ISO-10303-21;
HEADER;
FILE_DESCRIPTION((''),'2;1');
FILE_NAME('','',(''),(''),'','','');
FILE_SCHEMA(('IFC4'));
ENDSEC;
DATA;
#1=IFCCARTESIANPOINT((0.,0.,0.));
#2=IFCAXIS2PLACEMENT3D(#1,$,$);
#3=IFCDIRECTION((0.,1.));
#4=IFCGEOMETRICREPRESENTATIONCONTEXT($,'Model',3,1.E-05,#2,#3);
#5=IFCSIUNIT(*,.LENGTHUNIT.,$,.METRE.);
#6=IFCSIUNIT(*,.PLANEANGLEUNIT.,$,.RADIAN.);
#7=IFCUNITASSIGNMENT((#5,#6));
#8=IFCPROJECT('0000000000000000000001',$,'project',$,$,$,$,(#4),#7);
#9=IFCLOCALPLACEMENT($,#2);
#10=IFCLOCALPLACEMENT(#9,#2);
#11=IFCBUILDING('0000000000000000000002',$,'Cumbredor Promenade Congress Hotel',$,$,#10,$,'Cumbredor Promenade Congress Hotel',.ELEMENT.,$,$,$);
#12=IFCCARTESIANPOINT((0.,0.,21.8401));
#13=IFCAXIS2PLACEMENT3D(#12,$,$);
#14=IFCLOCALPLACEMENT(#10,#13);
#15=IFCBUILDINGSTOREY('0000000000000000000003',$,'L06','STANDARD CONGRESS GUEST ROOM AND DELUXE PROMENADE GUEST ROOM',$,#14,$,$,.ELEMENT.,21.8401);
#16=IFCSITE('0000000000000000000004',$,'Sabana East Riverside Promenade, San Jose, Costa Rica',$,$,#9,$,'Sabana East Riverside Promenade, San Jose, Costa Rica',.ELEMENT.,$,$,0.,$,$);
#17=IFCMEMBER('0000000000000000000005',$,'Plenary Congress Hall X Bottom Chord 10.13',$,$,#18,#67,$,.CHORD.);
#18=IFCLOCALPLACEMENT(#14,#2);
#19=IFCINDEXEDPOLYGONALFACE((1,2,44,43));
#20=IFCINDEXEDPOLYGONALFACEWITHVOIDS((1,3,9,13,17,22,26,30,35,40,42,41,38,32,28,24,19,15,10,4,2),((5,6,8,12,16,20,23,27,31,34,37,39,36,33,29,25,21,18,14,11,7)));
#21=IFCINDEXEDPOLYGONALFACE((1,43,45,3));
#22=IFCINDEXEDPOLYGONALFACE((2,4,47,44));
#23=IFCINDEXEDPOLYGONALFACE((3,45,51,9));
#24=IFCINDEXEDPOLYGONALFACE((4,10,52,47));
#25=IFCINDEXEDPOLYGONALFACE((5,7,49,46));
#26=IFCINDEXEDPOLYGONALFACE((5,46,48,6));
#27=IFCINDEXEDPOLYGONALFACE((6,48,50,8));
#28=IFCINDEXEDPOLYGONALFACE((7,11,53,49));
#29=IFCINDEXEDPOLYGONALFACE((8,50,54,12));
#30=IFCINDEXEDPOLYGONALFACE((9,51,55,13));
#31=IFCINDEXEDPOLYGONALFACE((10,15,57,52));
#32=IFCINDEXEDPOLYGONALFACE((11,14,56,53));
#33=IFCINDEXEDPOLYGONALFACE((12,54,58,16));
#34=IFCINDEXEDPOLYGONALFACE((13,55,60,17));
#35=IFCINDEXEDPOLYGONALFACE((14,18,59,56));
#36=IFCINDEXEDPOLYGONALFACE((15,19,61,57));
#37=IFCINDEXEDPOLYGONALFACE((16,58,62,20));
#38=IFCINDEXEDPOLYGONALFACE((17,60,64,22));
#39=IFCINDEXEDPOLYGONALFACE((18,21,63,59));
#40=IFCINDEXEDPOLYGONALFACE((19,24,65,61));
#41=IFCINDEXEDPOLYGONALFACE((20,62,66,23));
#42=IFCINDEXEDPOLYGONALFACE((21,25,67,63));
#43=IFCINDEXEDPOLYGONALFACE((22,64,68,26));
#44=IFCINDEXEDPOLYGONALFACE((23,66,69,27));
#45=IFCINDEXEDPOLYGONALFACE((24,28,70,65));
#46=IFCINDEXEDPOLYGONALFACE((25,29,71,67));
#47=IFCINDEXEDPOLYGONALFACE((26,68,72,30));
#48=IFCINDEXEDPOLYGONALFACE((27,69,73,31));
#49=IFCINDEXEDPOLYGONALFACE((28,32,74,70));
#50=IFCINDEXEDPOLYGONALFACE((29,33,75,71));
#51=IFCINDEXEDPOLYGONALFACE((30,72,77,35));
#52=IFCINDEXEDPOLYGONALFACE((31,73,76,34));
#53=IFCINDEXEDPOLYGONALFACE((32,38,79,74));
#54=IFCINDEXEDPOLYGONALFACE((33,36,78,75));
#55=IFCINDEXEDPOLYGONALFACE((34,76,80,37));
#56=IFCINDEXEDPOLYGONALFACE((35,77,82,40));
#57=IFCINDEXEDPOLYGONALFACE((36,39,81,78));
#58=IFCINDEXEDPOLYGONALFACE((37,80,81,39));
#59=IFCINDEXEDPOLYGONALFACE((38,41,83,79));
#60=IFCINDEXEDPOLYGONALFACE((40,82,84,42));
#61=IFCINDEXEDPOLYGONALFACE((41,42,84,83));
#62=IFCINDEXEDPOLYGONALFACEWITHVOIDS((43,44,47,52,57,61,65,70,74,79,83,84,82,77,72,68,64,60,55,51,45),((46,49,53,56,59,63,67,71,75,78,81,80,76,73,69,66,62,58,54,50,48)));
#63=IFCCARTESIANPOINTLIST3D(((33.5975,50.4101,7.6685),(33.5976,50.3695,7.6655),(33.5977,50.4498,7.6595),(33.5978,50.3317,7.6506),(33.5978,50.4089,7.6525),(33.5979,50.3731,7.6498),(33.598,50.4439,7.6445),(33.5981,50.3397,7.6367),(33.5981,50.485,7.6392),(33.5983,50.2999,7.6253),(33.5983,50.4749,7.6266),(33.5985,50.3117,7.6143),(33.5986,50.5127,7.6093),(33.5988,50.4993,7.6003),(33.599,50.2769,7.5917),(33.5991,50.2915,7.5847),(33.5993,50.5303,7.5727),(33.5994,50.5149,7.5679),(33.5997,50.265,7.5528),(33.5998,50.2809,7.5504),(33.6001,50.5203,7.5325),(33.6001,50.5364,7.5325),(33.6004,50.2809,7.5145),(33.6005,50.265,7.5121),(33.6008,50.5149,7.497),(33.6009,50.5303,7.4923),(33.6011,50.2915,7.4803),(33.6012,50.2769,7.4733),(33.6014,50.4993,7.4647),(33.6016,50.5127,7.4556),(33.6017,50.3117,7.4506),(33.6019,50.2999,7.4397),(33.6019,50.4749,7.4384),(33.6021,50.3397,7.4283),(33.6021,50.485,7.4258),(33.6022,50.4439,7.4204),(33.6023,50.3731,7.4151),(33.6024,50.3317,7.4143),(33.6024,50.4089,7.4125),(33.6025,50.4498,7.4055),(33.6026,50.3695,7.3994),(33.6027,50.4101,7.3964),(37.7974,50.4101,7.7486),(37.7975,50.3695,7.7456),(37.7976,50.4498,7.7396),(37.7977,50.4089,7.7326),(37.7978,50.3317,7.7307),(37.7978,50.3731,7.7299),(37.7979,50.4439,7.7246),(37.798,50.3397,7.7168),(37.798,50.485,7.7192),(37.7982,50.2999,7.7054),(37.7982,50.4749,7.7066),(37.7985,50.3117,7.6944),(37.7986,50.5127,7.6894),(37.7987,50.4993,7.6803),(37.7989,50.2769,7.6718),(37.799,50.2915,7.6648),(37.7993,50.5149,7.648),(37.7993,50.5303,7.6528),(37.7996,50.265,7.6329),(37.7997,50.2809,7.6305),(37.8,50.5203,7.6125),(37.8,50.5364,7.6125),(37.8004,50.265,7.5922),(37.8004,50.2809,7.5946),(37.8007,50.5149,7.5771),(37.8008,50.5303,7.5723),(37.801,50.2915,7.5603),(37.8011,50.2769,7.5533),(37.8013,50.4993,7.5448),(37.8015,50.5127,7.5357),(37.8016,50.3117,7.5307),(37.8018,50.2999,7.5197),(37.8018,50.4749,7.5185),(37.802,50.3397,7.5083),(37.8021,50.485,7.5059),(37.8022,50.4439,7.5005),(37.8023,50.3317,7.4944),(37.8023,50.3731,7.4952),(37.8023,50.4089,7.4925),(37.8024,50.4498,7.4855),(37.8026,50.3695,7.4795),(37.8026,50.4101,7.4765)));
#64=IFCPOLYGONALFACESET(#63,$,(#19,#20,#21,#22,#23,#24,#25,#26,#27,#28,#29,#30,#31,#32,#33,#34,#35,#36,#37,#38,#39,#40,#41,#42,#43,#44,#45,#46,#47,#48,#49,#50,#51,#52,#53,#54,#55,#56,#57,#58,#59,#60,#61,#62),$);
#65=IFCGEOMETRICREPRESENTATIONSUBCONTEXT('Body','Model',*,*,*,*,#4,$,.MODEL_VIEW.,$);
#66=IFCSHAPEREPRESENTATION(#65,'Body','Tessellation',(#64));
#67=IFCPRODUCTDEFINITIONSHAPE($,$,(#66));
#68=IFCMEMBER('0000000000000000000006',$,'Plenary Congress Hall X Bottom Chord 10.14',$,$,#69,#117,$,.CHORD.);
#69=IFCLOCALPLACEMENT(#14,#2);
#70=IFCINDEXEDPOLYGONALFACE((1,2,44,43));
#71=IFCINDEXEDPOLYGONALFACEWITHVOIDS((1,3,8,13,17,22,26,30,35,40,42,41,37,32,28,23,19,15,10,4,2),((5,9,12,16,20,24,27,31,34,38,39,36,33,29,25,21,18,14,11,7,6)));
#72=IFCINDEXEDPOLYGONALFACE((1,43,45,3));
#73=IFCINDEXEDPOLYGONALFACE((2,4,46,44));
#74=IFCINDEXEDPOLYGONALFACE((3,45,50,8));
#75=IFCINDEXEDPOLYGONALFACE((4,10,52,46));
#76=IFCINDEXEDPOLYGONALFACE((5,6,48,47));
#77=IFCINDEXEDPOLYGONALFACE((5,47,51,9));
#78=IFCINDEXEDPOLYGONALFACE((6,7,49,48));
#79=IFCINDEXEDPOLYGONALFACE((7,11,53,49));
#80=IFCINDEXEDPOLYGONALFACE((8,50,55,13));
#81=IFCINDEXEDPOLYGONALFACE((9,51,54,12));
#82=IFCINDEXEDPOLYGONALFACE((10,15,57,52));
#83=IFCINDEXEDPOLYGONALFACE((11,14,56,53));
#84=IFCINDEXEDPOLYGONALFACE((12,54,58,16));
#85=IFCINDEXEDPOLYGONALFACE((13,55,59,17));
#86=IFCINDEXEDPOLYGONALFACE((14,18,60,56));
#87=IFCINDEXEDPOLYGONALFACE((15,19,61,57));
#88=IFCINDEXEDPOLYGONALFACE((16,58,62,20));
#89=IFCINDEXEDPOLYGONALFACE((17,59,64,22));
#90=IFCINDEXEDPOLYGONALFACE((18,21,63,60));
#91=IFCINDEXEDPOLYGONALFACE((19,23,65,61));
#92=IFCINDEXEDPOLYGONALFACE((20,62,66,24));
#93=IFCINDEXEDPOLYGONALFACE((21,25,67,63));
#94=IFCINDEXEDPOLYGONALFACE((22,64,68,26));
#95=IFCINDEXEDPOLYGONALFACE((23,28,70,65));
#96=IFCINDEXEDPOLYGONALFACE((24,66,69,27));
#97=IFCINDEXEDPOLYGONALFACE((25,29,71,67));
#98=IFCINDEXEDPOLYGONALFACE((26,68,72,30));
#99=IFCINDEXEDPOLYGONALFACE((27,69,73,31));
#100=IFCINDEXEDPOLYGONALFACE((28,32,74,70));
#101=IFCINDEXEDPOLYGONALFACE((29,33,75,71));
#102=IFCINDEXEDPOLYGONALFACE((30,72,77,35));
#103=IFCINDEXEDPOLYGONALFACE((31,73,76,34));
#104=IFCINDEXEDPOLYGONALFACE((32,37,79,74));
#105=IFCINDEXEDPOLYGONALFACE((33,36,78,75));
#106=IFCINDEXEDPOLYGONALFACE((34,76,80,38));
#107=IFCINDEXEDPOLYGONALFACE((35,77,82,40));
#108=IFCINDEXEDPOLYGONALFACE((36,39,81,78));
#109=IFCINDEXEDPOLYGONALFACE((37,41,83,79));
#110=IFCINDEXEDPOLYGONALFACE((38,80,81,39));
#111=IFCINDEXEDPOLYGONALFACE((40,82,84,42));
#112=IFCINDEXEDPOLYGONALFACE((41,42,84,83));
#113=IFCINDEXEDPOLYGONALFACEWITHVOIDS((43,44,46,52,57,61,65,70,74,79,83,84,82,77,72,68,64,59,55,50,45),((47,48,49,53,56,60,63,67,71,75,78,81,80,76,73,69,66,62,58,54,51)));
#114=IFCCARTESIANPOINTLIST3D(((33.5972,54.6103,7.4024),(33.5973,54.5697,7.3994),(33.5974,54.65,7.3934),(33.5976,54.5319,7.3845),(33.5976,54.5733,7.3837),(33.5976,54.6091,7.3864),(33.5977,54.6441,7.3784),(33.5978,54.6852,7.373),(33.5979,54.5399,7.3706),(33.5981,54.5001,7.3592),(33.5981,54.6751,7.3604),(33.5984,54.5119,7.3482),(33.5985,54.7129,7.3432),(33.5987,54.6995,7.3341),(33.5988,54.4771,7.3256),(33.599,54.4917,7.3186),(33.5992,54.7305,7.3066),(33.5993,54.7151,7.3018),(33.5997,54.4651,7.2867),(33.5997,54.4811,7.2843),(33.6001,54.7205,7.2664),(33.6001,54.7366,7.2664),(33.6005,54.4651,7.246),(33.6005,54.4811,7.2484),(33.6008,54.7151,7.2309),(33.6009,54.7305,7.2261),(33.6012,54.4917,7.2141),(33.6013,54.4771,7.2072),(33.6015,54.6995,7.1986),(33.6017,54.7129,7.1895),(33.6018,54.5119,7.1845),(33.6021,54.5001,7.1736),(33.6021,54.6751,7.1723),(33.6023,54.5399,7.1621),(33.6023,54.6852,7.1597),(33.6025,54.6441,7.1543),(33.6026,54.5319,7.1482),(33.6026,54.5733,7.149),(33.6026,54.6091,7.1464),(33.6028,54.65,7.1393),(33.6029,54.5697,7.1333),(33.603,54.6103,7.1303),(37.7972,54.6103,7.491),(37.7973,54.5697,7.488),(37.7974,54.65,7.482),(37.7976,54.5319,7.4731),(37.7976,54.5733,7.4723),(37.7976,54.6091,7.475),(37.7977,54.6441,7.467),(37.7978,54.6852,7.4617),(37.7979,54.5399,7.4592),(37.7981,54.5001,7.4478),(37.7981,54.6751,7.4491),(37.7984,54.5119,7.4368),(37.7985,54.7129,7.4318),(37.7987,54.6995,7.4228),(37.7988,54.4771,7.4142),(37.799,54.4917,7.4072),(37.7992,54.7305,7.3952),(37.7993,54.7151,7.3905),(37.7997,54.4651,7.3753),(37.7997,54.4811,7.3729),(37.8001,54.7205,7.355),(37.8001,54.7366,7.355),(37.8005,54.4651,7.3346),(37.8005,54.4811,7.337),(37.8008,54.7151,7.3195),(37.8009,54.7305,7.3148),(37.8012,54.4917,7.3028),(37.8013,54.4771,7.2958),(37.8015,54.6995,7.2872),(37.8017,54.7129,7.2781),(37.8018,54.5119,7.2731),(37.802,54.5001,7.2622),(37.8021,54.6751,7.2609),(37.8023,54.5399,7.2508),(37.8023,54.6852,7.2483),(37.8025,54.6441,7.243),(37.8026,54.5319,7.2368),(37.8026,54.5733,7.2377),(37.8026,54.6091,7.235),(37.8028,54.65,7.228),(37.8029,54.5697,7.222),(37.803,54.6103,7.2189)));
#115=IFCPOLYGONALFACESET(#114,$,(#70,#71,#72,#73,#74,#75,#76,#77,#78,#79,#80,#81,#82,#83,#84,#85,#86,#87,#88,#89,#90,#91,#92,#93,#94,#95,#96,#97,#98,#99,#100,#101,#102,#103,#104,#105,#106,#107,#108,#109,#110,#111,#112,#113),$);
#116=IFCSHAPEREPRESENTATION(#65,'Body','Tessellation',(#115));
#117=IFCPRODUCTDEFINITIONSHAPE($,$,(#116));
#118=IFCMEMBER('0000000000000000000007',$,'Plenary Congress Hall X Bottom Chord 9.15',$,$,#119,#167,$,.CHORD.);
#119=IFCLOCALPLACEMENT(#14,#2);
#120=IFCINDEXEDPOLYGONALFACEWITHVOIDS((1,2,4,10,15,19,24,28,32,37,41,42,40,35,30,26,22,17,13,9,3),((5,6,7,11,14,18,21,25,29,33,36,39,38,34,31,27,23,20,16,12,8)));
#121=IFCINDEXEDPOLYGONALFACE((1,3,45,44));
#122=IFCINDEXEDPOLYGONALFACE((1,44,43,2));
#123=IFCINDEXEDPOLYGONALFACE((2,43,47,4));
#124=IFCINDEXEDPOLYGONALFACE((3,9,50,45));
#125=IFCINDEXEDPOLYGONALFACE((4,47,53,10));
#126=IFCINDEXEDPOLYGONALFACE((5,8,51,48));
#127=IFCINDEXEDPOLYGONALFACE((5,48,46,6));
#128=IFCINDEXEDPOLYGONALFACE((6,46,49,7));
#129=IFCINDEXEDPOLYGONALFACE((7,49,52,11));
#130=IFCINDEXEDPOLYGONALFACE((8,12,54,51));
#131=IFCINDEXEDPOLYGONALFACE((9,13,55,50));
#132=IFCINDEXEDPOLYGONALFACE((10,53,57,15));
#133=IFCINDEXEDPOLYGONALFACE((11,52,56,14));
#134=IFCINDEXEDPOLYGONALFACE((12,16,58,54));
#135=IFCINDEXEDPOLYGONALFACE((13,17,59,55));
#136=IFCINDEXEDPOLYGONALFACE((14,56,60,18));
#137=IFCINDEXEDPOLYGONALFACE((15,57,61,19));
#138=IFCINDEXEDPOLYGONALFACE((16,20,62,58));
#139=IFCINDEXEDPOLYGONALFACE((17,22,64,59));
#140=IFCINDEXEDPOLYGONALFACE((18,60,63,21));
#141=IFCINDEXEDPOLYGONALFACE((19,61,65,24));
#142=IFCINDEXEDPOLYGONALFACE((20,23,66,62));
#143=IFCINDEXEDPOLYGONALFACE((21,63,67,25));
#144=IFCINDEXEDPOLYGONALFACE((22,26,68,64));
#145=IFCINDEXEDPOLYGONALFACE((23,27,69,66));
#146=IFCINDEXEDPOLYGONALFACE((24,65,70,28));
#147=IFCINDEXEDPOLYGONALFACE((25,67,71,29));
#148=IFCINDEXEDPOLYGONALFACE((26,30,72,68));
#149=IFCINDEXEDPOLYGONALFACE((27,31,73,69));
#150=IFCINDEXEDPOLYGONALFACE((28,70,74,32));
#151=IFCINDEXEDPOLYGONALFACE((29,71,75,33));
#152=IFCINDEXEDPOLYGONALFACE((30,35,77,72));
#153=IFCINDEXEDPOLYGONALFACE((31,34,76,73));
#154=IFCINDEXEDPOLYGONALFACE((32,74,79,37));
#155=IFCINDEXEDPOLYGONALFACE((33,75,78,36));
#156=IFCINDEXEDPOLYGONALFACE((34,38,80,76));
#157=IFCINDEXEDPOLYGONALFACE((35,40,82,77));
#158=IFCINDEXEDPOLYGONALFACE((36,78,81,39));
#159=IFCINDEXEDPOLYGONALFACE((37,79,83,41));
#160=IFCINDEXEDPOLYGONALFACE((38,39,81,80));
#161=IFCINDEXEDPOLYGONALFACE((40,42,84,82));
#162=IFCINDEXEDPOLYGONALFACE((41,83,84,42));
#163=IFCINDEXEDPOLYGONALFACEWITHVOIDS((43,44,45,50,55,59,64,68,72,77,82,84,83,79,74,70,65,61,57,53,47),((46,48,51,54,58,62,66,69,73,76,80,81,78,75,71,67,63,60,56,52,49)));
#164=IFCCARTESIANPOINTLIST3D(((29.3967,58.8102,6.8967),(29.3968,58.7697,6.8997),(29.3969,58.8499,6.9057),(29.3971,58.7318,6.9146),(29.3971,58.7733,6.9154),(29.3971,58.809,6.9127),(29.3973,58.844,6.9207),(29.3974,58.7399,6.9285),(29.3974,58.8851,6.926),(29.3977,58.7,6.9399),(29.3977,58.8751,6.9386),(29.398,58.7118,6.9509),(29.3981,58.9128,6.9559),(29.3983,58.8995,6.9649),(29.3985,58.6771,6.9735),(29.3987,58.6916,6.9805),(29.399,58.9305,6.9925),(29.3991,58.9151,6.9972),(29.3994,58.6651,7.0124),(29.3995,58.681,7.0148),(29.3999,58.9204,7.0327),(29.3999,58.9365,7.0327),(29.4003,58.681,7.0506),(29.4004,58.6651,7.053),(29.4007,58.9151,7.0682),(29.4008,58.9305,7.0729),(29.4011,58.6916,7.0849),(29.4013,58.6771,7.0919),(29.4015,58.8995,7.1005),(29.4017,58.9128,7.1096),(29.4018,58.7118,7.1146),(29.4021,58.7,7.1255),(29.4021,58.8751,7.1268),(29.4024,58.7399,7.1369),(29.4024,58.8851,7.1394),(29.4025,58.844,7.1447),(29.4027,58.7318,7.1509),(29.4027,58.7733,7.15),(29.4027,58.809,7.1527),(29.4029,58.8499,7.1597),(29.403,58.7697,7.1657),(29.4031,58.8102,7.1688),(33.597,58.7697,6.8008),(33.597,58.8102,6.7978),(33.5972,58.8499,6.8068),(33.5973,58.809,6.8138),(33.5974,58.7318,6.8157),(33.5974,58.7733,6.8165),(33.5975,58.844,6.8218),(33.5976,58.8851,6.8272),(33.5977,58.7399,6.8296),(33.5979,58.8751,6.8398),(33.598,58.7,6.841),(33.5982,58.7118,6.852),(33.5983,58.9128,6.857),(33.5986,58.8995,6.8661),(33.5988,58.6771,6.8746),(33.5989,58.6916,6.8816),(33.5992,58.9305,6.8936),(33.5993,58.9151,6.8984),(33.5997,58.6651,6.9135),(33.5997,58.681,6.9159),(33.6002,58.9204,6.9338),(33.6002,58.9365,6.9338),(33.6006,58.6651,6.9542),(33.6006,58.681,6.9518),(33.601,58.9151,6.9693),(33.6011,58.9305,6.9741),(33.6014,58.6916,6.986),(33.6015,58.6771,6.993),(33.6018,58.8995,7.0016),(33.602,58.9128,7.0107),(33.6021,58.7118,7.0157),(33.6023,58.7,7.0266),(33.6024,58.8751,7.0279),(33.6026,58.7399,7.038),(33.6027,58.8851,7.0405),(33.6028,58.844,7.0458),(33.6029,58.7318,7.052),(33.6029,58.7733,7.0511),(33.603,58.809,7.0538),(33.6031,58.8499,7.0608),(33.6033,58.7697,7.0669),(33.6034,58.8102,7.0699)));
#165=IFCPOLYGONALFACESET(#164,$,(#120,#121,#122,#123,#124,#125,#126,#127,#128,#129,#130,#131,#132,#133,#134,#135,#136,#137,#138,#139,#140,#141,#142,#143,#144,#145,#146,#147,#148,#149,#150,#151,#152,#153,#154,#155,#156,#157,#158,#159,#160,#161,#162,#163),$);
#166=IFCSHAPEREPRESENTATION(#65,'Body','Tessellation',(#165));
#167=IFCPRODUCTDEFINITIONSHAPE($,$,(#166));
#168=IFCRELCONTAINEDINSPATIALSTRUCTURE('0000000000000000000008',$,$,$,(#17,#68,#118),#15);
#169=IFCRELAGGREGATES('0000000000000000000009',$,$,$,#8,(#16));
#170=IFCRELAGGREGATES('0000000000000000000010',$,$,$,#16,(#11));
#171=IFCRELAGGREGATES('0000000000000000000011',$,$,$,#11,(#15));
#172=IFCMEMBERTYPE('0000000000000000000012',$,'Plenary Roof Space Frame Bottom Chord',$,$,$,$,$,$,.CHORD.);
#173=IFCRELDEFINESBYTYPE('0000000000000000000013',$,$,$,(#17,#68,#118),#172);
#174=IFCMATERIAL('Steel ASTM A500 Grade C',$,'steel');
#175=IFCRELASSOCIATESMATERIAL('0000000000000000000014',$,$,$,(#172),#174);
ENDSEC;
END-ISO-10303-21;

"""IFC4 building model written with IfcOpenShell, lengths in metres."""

from ifc_helpers import new_model, si_unit, direction, frame, origin, origin_2d, place, context, subcontext, project, spatial, hollow_circle, extrude, material, material_profile, profile_set, type_object, element, save


model = new_model("IFC4")

# Units and contexts
model_context = context("Model", 3, precision=1e-05, world=origin(), true_north=direction((0.0, 1.0)))
body_context = subcontext(model_context, "Body", "Model", "MODEL_VIEW")
ifc_project = project(units=[si_unit("LENGTHUNIT", "METRE"), si_unit("PLANEANGLEUNIT", "RADIAN")], contexts=[model_context])

# Site, building, storey
site_placement = place(None, origin())
site = spatial("IfcSite", under=ifc_project, at=site_placement, Name="Sabana East Riverside Promenade, San Jose, Costa Rica", LongName="Sabana East Riverside Promenade, San Jose, Costa Rica", CompositionType="ELEMENT", RefElevation=0.0)
building_placement = place(site_placement, origin())
building = spatial("IfcBuilding", under=site, at=building_placement, Name="Cumbredor Promenade Congress Hotel", LongName="Cumbredor Promenade Congress Hotel", CompositionType="ELEMENT")
storey_placement = place(building_placement, frame((0.0, 0.0, 21.8401)))
storey = spatial("IfcBuildingStorey", under=building, at=storey_placement, Name="L06", Description="STANDARD CONGRESS GUEST ROOM AND DELUXE PROMENADE GUEST ROOM", CompositionType="ELEMENT", Elevation=21.8401)

# Members
ifc_material_1 = material(Name="Steel ASTM A500 Grade C", Category="steel")
ifc_material_profile_1 = material_profile(ifc_material_1, hollow_circle(Radius=0.1365, WallThickness=0.0161, at=origin_2d()), Name="CHS 273.0x16")
ifc_profile_set_1 = profile_set([ifc_material_profile_1], Name="Steel ASTM A500 Grade C")
member_type_1 = type_object("IfcMemberType", Name="Plenary Roof Space Frame Bottom Chord", PredefinedType="CHORD", material=ifc_profile_set_1)
member_1_placement = place(storey_placement, frame((33.6001, 50.3999, 7.5325), z_axis=(0.999818, 0.0, 0.019063), x_axis=(0.0, 1.0, 0.0)))
element("IfcMember", 1, at=member_1_placement, inside=storey, type_object=member_type_1, Name="Plenary Congress Hall X Bottom Chord 10.13", PredefinedType="CHORD", context=body_context, shape_type="SweptSolid", body=[
    extrude(hollow_circle(Radius=0.1365, WallThickness=0.0161, at=origin_2d()), origin(), (0.0, 0.0, 1.0), 4.2007),
])
member_2_placement = place(storey_placement, frame((33.6001, 54.6001, 7.2664), z_axis=(0.999777, 0.0, 0.021096), x_axis=(0.0, 1.0, 0.0)))
element("IfcMember", 2, at=member_2_placement, inside=storey, type_object=member_type_1, Name="Plenary Congress Hall X Bottom Chord 10.14", PredefinedType="CHORD", context=body_context, shape_type="SweptSolid", body=[
    extrude(hollow_circle(Radius=0.1365, WallThickness=0.0161, at=origin_2d()), origin(), (0.0, 0.0, 1.0), 4.2009),
])
member_3_placement = place(storey_placement, frame((29.3999, 58.8, 7.0327), z_axis=(0.999723, 0.0, -0.023535), x_axis=(0.0, 1.0, 0.0)))
element("IfcMember", 3, at=member_3_placement, inside=storey, type_object=member_type_1, Name="Plenary Congress Hall X Bottom Chord 9.15", PredefinedType="CHORD", context=body_context, shape_type="SweptSolid", body=[
    extrude(hollow_circle(Radius=0.1365, WallThickness=0.0161, at=origin_2d()), origin(), (0.0, 0.0, 1.0), 4.2014),
])

save(model, "model.ifc")
